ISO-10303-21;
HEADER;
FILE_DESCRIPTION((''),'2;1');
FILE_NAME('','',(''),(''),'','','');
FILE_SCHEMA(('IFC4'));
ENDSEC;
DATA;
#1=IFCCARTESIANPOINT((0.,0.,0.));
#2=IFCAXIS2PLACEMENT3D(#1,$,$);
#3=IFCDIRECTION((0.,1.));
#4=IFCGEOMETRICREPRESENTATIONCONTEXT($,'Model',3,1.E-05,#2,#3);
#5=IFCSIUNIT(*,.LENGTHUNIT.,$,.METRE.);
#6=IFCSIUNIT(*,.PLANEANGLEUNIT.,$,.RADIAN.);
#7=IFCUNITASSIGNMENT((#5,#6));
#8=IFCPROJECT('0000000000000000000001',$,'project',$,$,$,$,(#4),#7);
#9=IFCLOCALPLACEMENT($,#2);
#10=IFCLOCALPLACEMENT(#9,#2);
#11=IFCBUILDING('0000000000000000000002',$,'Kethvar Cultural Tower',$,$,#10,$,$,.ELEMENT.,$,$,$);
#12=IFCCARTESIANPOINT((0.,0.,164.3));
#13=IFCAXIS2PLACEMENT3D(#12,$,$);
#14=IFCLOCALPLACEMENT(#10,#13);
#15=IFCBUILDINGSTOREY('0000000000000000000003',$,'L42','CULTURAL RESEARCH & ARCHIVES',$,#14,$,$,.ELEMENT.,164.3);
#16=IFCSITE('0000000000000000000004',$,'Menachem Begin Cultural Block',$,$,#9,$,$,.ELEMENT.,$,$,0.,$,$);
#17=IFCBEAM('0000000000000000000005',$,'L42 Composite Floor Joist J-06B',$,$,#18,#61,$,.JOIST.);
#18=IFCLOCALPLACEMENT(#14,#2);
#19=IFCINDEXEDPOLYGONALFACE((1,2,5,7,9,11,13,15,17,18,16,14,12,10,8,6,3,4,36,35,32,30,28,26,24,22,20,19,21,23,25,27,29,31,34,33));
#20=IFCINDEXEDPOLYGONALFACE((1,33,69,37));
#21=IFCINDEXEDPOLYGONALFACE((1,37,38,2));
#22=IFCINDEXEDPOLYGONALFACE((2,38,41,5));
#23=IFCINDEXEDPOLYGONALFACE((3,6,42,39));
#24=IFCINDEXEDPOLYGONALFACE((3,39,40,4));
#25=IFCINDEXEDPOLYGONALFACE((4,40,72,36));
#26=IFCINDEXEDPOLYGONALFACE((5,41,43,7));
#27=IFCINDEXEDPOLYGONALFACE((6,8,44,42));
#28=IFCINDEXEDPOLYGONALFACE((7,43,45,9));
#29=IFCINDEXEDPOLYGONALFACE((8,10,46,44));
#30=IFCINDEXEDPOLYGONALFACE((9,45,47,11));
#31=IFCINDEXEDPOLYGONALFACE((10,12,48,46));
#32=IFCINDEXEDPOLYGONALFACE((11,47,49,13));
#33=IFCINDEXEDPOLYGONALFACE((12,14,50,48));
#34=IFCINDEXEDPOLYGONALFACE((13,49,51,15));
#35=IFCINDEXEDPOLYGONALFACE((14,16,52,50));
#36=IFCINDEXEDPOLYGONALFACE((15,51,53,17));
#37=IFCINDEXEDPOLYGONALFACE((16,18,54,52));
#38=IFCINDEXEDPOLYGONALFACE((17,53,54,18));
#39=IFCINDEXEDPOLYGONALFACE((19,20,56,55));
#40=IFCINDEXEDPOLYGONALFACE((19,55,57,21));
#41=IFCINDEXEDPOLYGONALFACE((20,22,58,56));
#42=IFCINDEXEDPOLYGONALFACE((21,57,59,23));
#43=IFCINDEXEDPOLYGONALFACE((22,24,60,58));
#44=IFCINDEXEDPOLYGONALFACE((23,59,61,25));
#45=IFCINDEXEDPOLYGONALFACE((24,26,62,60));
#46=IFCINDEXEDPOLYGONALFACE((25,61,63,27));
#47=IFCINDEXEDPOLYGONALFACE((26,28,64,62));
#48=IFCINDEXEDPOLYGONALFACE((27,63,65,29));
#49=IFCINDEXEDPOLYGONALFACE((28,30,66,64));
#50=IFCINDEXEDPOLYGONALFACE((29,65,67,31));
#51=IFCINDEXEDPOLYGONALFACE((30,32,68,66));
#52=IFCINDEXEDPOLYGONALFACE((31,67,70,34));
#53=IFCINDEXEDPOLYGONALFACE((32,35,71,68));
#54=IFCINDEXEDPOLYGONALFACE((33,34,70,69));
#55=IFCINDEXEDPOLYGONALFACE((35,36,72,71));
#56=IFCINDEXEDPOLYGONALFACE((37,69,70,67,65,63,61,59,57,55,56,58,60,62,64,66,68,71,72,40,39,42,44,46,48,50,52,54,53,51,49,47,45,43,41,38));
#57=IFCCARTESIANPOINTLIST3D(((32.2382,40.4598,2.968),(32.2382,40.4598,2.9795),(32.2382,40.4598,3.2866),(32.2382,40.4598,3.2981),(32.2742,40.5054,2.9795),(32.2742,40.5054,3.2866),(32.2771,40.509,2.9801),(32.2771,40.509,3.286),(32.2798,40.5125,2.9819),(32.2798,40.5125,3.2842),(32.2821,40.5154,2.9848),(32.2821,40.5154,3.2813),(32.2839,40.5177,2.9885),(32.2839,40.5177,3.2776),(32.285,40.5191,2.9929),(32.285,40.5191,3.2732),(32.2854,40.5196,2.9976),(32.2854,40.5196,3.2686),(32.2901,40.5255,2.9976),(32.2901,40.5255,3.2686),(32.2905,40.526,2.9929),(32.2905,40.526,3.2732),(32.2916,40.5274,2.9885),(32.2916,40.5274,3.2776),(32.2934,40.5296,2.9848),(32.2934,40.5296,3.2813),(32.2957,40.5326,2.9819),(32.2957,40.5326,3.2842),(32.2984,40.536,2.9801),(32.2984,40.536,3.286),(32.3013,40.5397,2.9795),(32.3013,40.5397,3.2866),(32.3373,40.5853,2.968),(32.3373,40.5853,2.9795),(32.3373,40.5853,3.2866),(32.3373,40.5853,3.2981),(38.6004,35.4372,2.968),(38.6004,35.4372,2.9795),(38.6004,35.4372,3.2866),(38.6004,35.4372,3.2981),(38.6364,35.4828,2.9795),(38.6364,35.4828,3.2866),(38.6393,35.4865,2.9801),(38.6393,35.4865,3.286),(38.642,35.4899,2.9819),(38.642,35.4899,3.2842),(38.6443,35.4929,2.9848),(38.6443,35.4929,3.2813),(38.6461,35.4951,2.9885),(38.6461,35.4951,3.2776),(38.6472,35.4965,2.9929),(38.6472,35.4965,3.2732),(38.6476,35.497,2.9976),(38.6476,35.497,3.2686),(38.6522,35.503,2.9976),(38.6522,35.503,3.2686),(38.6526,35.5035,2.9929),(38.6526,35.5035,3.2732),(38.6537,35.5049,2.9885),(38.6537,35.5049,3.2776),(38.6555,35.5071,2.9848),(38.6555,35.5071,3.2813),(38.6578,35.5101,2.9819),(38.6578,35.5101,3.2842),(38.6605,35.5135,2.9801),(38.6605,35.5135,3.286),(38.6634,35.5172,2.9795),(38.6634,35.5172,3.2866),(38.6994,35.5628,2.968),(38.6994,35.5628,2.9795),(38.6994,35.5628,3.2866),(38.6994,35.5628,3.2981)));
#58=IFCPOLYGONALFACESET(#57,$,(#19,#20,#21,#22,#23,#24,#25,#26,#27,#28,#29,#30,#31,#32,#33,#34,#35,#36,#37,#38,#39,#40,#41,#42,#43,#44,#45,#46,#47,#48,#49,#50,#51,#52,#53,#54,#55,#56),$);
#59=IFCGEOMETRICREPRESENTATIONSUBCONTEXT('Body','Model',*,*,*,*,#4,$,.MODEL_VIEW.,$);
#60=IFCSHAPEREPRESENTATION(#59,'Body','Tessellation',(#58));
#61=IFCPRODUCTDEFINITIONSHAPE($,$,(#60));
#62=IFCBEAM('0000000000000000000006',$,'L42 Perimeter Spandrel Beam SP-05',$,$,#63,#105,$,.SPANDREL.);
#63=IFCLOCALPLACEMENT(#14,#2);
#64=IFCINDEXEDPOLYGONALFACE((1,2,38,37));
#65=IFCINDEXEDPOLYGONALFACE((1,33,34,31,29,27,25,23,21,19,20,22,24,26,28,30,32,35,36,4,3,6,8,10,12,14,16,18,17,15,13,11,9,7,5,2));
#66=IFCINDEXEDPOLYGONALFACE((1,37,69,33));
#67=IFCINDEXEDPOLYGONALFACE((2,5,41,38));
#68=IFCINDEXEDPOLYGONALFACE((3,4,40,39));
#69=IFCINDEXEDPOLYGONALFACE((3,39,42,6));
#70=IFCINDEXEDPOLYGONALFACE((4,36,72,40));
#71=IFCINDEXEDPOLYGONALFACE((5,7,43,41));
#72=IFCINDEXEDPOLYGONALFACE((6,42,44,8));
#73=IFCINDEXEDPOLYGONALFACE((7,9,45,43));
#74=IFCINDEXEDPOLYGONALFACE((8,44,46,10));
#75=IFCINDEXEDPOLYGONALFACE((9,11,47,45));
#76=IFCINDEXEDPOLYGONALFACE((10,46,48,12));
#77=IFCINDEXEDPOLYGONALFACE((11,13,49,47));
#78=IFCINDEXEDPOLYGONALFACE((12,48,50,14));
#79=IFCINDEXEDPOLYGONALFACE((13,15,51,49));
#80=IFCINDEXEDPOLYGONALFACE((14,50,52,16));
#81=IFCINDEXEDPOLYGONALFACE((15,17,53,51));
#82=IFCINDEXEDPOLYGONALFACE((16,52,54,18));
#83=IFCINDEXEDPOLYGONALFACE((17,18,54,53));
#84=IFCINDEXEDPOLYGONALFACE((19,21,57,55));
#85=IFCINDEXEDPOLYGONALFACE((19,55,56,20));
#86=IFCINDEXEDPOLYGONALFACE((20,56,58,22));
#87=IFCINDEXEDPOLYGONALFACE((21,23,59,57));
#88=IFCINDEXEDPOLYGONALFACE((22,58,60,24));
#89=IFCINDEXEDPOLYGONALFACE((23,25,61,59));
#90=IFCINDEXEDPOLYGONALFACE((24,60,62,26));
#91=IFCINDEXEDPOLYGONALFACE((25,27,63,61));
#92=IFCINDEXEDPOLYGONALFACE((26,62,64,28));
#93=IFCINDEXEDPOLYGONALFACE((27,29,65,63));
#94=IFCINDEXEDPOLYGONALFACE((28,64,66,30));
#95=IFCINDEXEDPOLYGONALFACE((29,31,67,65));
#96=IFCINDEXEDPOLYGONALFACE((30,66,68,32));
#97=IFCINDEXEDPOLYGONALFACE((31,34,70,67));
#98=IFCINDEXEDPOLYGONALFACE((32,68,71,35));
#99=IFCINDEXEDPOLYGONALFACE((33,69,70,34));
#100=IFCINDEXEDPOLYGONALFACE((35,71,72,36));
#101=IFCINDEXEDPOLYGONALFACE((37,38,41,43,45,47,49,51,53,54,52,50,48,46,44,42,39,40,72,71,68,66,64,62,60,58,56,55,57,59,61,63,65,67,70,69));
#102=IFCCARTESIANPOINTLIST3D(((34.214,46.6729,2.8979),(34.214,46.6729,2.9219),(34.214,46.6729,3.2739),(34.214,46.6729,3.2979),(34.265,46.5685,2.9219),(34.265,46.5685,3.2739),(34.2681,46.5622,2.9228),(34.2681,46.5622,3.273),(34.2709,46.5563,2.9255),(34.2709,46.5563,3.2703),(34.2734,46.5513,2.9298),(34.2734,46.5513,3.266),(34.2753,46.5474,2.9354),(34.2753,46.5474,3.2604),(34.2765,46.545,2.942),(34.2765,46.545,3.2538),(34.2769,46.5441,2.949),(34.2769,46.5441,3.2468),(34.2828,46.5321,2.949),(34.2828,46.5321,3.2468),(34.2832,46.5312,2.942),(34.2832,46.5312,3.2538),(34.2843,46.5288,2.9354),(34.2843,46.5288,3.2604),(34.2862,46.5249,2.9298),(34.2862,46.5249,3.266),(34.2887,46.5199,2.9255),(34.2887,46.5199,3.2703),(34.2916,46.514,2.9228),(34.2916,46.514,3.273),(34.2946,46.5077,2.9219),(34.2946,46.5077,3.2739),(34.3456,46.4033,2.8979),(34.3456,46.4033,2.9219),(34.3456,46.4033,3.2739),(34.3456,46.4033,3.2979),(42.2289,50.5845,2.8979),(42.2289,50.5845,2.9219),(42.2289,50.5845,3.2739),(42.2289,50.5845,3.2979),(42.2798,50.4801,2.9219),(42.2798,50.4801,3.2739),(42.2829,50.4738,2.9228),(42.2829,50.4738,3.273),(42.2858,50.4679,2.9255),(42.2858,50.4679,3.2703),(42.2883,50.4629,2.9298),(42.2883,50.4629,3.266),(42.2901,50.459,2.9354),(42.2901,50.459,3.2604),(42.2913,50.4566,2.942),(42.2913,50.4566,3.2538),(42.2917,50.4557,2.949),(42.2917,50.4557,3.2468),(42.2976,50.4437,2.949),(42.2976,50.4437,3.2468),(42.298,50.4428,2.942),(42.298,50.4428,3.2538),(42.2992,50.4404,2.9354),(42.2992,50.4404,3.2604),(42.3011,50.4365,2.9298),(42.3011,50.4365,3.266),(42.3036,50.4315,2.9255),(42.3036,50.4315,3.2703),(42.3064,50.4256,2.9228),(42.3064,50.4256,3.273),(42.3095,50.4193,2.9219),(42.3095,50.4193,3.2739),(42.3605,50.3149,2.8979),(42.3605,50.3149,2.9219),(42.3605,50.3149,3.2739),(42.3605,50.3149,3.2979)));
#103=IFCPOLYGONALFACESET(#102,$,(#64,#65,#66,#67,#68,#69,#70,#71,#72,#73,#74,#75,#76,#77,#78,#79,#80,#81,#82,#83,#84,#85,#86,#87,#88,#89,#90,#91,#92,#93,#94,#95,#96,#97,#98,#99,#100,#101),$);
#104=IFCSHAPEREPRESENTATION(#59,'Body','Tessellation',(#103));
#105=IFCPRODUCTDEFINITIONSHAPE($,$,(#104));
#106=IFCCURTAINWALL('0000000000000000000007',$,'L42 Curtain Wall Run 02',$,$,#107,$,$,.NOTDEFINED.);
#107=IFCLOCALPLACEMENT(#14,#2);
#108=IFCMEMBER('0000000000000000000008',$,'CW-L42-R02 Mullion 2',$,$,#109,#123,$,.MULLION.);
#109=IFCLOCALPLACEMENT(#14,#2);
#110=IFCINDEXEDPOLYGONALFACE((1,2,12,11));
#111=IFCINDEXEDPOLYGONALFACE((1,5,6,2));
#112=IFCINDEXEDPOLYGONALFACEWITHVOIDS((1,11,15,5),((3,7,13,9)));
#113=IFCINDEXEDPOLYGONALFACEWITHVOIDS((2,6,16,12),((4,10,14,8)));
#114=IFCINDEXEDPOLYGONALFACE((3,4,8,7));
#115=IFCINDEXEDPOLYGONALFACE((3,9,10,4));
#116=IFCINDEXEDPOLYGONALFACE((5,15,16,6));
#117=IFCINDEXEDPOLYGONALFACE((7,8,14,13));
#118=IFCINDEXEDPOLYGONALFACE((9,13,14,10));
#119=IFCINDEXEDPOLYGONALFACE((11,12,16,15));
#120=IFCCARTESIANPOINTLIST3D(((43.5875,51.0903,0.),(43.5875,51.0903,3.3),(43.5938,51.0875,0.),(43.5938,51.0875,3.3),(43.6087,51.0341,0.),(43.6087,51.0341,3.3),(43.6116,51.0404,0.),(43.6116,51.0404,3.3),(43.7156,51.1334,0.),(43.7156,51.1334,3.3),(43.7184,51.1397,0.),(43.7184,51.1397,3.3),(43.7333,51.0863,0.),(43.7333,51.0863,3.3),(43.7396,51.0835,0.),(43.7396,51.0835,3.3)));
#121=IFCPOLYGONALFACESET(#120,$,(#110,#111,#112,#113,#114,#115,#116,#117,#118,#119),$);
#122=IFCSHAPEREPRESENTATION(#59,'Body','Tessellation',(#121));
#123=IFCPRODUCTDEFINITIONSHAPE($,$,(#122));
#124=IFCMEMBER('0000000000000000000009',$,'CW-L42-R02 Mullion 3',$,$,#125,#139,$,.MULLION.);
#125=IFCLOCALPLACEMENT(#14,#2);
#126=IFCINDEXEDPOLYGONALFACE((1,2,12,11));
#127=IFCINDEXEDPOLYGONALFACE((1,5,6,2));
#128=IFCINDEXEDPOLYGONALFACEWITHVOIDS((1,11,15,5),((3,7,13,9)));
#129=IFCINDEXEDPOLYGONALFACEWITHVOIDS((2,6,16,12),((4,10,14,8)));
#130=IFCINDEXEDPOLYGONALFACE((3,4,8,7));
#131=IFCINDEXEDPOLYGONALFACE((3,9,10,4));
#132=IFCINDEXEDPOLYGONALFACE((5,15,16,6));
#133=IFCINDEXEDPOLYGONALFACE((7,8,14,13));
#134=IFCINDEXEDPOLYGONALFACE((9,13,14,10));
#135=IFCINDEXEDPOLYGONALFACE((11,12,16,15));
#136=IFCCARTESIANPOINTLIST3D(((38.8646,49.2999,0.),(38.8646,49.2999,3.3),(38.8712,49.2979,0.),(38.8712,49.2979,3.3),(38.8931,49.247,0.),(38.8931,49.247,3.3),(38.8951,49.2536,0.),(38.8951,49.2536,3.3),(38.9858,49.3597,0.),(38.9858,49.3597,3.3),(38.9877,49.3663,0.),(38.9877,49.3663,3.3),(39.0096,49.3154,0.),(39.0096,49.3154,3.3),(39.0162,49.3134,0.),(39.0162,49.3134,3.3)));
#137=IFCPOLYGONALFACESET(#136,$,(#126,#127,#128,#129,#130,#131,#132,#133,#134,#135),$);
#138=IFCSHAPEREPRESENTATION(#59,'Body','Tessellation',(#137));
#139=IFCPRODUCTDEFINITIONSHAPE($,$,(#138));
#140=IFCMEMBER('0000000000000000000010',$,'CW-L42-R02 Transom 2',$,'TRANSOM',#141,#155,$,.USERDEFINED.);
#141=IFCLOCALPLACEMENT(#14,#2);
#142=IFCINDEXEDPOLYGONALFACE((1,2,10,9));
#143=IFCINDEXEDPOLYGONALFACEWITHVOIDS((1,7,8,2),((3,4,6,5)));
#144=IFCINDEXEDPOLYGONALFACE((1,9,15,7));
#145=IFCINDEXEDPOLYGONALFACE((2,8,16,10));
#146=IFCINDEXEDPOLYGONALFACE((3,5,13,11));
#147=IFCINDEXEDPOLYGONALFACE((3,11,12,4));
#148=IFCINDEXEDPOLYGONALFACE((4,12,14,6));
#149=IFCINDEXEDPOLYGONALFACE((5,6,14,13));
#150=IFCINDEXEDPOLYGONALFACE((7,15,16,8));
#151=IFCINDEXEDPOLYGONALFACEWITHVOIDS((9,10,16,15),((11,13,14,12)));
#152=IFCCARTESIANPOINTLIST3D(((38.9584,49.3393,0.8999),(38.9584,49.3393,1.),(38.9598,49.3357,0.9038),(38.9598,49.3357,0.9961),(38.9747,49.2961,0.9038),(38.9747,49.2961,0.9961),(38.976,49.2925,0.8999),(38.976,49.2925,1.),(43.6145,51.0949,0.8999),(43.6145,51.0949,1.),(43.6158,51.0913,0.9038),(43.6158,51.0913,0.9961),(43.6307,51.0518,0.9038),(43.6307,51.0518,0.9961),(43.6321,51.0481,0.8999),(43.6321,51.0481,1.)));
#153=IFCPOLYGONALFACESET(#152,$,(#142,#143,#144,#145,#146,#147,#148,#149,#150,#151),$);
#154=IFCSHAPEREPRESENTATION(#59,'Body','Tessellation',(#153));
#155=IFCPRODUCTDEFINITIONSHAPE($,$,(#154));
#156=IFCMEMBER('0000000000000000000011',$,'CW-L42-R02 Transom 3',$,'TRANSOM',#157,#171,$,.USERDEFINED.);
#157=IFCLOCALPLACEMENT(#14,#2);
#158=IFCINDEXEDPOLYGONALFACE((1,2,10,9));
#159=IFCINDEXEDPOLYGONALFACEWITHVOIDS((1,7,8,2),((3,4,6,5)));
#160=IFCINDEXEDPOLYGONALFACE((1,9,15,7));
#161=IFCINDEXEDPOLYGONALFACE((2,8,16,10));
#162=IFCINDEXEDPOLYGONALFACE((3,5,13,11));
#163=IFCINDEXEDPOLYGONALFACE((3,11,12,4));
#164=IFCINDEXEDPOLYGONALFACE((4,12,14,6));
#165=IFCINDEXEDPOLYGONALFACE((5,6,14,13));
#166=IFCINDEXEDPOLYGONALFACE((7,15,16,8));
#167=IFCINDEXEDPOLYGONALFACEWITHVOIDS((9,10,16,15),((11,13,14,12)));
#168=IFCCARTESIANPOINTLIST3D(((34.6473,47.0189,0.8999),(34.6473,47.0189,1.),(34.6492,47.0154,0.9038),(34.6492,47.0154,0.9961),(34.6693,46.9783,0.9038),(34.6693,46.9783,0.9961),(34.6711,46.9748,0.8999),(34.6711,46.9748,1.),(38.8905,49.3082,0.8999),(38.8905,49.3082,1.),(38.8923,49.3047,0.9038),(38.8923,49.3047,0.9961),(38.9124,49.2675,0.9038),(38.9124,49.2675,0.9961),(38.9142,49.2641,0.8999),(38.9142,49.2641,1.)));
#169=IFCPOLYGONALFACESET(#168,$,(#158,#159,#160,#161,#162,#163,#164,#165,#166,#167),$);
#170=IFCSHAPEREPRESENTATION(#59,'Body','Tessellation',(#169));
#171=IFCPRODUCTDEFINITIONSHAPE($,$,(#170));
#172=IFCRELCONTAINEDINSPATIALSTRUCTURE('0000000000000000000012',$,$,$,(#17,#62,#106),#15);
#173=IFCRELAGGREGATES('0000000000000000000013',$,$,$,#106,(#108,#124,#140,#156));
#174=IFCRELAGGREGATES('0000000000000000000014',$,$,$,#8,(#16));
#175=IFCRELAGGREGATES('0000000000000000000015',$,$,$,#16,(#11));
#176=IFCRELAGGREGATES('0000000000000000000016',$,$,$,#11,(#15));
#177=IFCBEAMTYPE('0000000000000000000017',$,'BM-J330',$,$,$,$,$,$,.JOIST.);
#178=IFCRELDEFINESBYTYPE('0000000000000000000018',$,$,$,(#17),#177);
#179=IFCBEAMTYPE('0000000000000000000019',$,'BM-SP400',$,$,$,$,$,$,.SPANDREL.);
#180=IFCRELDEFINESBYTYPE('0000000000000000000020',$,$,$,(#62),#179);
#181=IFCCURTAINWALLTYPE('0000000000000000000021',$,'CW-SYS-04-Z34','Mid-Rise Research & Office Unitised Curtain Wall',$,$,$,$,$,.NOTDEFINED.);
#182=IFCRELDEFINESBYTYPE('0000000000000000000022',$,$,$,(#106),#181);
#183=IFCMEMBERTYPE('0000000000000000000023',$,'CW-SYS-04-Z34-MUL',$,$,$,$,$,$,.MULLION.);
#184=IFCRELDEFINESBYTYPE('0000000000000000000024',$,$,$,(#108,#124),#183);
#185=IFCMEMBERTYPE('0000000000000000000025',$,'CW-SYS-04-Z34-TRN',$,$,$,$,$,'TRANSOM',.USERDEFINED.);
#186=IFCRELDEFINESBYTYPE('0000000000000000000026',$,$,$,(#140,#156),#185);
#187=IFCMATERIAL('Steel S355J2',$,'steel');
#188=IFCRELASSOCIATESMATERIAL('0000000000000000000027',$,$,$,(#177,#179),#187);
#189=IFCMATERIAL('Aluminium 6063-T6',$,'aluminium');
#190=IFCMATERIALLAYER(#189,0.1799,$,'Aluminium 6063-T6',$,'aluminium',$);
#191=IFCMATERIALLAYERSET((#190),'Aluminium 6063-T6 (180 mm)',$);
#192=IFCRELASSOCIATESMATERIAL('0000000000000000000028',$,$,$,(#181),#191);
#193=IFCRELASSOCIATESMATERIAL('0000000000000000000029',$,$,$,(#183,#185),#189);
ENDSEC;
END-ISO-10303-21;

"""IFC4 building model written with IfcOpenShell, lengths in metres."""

from ifc_helpers import new_model, si_unit, direction, frame, origin, origin_2d, place, context, subcontext, project, spatial, hollow_rectangle, i_section, extrude, source, transform, mapped, material, layer, layer_set, material_profile, profile_set, type_object, element, aggregate, save


model = new_model("IFC4")

# Units and contexts
model_context = context("Model", 3, precision=1e-05, world=origin(), true_north=direction((0.0, 1.0)))
body_context = subcontext(model_context, "Body", "Model", "MODEL_VIEW")
ifc_project = project(units=[si_unit("LENGTHUNIT", "METRE"), si_unit("PLANEANGLEUNIT", "RADIAN")], contexts=[model_context])

# Site, building, storey
site_placement = place(None, origin())
site = spatial("IfcSite", under=ifc_project, at=site_placement, Name="Menachem Begin Cultural Block", CompositionType="ELEMENT", RefElevation=0.0)
building_placement = place(site_placement, origin())
building = spatial("IfcBuilding", under=site, at=building_placement, Name="Kethvar Cultural Tower", CompositionType="ELEMENT")
storey_placement = place(building_placement, frame((0.0, 0.0, 164.3)))
storey = spatial("IfcBuildingStorey", under=building, at=storey_placement, Name="L42", Description="CULTURAL RESEARCH & ARCHIVES", CompositionType="ELEMENT", Elevation=164.3)

# Beams
ifc_material_1 = material(Name="Steel S355J2", Category="steel")
ifc_material_profile_1 = material_profile(ifc_material_1, i_section(OverallWidth=0.1599, OverallDepth=0.3301, WebThickness=0.0076, FlangeThickness=0.0115, FilletRadius=0.0181, at=origin_2d()), Name="Steel S355J2 — IPE330")
ifc_profile_set_1 = profile_set([ifc_material_profile_1], Name="Steel S355J2 — IPE330")
beam_type_1 = type_object("IfcBeamType", Name="BM-J330", PredefinedType="JOIST", material=ifc_profile_set_1)
shared_shape_1 = source(origin(), body_context, "Body", "SweptSolid", [
    extrude(i_section(OverallWidth=0.1599, OverallDepth=0.3301, WebThickness=0.0076, FlangeThickness=0.0115, FilletRadius=0.0181, at=origin_2d()), origin(), (0.0, 0.0, 1.0), 8.1057),
])
beam_1_placement = place(storey_placement, frame((38.6499, 35.5, 3.1331), z_axis=(-0.784896, 0.619628, 0.0), x_axis=(-0.619628, -0.784896, 0.0)))
element("IfcBeam", 1, at=beam_1_placement, inside=storey, type_object=beam_type_1, Name="L42 Composite Floor Joist J-06B", PredefinedType="JOIST", context=body_context, shape_type="MappedRepresentation", body=[
    mapped(shared_shape_1, transform((0.0, 0.0, 0.0), scale=1.0)),
])
ifc_material_profile_2 = material_profile(ifc_material_1, i_section(OverallWidth=0.3, OverallDepth=0.3999, WebThickness=0.0134, FlangeThickness=0.0239, FilletRadius=0.0271, at=origin_2d()), Name="Steel S355J2 — HEB400")
ifc_profile_set_2 = profile_set([ifc_material_profile_2], Name="Steel S355J2 — HEB400")
beam_type_2 = type_object("IfcBeamType", Name="BM-SP400", PredefinedType="SPANDREL", material=ifc_profile_set_2)
shared_shape_2 = source(origin(), body_context, "Body", "SweptSolid", [
    extrude(i_section(OverallWidth=0.3, OverallDepth=0.3999, WebThickness=0.0134, FlangeThickness=0.0239, FilletRadius=0.0271, at=origin_2d()), origin(), (0.0, 0.0, 1.0), 8.9185),
])
beam_2_placement = place(storey_placement, frame((42.2947, 50.4497, 3.0979), z_axis=(-0.898684, -0.438597, 0.0), x_axis=(0.438597, -0.898684, 0.0)))
element("IfcBeam", 2, at=beam_2_placement, inside=storey, type_object=beam_type_2, Name="L42 Perimeter Spandrel Beam SP-05", PredefinedType="SPANDREL", context=body_context, shape_type="MappedRepresentation", body=[
    mapped(shared_shape_2, transform((0.0, 0.0, 0.0), scale=1.0)),
])

# Curtain wall, members
ifc_material_2 = material(Name="Aluminium 6063-T6", Category="aluminium")
ifc_layer_1 = layer(ifc_material_2, 0.1799, Name="Aluminium 6063-T6", Category="aluminium")
ifc_layer_set_1 = layer_set([ifc_layer_1], Name="Aluminium 6063-T6 (180 mm)")
curtain_wall_type = type_object("IfcCurtainWallType", Name="CW-SYS-04-Z34", Description="Mid-Rise Research & Office Unitised Curtain Wall", PredefinedType="NOTDEFINED", material=ifc_layer_set_1)
curtain_wall_placement = place(storey_placement, origin())
curtain_wall = element("IfcCurtainWall", 3, at=curtain_wall_placement, inside=storey, type_object=curtain_wall_type, Name="L42 Curtain Wall Run 02", PredefinedType="NOTDEFINED")
ifc_material_profile_3 = material_profile(ifc_material_2, hollow_rectangle(XDim=0.0601, YDim=0.1399, WallThickness=0.0049, at=origin_2d()), Name="Aluminium 6063-T6 — RHS140x60x5")
ifc_profile_set_3 = profile_set([ifc_material_profile_3], Name="Aluminium 6063-T6 — RHS140x60x5")
member_type_1 = type_object("IfcMemberType", Name="CW-SYS-04-Z34-MUL", PredefinedType="MULLION", material=ifc_profile_set_3)
shared_shape_3 = source(origin(), body_context, "Body", "SweptSolid", [
    extrude(hollow_rectangle(XDim=0.0601, YDim=0.1399, WallThickness=0.0049, at=origin_2d()), origin(), (0.0, 0.0, 1.0), 3.3),
])
member_1_placement = place(storey_placement, frame((43.6636, 51.0869, 0.0), z_axis=(0.0, 0.0, 1.0), x_axis=(0.352854, -0.935678, 0.0)))
member_1 = element("IfcMember", 4, at=member_1_placement, type_object=member_type_1, Name="CW-L42-R02 Mullion 2", PredefinedType="MULLION", context=body_context, shape_type="MappedRepresentation", body=[
    mapped(shared_shape_3, transform((0.0, 0.0, 0.0), scale=1.0)),
])
member_2_placement = place(storey_placement, frame((38.9404, 49.3066, 0.0), z_axis=(0.0, 0.0, 1.0), x_axis=(0.474826, -0.88008, 0.0)))
member_2 = element("IfcMember", 5, at=member_2_placement, type_object=member_type_1, Name="CW-L42-R02 Mullion 3", PredefinedType="MULLION", context=body_context, shape_type="MappedRepresentation", body=[
    mapped(shared_shape_3, transform((0.0, 0.0, 0.0), scale=1.0)),
])
ifc_material_profile_4 = material_profile(ifc_material_2, hollow_rectangle(XDim=0.05, YDim=0.1001, WallThickness=0.0039, at=origin_2d()), Name="Aluminium 6063-T6 — RHS100x50x4")
ifc_profile_set_4 = profile_set([ifc_material_profile_4], Name="Aluminium 6063-T6 — RHS100x50x4")
member_type_2 = type_object("IfcMemberType", Name="CW-SYS-04-Z34-TRN", ElementType="TRANSOM", PredefinedType="USERDEFINED", material=ifc_profile_set_4)
shared_shape_4 = source(origin(), body_context, "Body", "SweptSolid", [
    extrude(hollow_rectangle(XDim=0.05, YDim=0.1001, WallThickness=0.0039, at=origin_2d()), origin(), (0.0, 0.0, 1.0), 4.9761),
])
member_3_placement = place(storey_placement, frame((43.6233, 51.0715, 0.95), z_axis=(-0.935693, -0.352817, 0.0), x_axis=(0.352817, -0.935693, 0.0)))
member_3 = element("IfcMember", 6, at=member_3_placement, type_object=member_type_2, Name="CW-L42-R02 Transom 2", ObjectType="TRANSOM", PredefinedType="USERDEFINED", context=body_context, shape_type="MappedRepresentation", body=[
    mapped(shared_shape_4, transform((0.0, 0.0, 0.0), scale=1.0)),
])
shared_shape_5 = source(origin(), body_context, "Body", "SweptSolid", [
    extrude(hollow_rectangle(XDim=0.05, YDim=0.1001, WallThickness=0.0039, at=origin_2d()), origin(), (0.0, 0.0, 1.0), 4.8213),
])
member_4_placement = place(storey_placement, frame((38.9023, 49.2861, 0.95), z_axis=(-0.880079, -0.474827, 0.0), x_axis=(0.474827, -0.880079, 0.0)))
member_4 = element("IfcMember", 7, at=member_4_placement, type_object=member_type_2, Name="CW-L42-R02 Transom 3", ObjectType="TRANSOM", PredefinedType="USERDEFINED", context=body_context, shape_type="MappedRepresentation", body=[
    mapped(shared_shape_5, transform((0.0, 0.0, 0.0), scale=1.0)),
])
aggregate(curtain_wall, [member_1, member_2, member_3, member_4])

save(model, "model.ifc")
